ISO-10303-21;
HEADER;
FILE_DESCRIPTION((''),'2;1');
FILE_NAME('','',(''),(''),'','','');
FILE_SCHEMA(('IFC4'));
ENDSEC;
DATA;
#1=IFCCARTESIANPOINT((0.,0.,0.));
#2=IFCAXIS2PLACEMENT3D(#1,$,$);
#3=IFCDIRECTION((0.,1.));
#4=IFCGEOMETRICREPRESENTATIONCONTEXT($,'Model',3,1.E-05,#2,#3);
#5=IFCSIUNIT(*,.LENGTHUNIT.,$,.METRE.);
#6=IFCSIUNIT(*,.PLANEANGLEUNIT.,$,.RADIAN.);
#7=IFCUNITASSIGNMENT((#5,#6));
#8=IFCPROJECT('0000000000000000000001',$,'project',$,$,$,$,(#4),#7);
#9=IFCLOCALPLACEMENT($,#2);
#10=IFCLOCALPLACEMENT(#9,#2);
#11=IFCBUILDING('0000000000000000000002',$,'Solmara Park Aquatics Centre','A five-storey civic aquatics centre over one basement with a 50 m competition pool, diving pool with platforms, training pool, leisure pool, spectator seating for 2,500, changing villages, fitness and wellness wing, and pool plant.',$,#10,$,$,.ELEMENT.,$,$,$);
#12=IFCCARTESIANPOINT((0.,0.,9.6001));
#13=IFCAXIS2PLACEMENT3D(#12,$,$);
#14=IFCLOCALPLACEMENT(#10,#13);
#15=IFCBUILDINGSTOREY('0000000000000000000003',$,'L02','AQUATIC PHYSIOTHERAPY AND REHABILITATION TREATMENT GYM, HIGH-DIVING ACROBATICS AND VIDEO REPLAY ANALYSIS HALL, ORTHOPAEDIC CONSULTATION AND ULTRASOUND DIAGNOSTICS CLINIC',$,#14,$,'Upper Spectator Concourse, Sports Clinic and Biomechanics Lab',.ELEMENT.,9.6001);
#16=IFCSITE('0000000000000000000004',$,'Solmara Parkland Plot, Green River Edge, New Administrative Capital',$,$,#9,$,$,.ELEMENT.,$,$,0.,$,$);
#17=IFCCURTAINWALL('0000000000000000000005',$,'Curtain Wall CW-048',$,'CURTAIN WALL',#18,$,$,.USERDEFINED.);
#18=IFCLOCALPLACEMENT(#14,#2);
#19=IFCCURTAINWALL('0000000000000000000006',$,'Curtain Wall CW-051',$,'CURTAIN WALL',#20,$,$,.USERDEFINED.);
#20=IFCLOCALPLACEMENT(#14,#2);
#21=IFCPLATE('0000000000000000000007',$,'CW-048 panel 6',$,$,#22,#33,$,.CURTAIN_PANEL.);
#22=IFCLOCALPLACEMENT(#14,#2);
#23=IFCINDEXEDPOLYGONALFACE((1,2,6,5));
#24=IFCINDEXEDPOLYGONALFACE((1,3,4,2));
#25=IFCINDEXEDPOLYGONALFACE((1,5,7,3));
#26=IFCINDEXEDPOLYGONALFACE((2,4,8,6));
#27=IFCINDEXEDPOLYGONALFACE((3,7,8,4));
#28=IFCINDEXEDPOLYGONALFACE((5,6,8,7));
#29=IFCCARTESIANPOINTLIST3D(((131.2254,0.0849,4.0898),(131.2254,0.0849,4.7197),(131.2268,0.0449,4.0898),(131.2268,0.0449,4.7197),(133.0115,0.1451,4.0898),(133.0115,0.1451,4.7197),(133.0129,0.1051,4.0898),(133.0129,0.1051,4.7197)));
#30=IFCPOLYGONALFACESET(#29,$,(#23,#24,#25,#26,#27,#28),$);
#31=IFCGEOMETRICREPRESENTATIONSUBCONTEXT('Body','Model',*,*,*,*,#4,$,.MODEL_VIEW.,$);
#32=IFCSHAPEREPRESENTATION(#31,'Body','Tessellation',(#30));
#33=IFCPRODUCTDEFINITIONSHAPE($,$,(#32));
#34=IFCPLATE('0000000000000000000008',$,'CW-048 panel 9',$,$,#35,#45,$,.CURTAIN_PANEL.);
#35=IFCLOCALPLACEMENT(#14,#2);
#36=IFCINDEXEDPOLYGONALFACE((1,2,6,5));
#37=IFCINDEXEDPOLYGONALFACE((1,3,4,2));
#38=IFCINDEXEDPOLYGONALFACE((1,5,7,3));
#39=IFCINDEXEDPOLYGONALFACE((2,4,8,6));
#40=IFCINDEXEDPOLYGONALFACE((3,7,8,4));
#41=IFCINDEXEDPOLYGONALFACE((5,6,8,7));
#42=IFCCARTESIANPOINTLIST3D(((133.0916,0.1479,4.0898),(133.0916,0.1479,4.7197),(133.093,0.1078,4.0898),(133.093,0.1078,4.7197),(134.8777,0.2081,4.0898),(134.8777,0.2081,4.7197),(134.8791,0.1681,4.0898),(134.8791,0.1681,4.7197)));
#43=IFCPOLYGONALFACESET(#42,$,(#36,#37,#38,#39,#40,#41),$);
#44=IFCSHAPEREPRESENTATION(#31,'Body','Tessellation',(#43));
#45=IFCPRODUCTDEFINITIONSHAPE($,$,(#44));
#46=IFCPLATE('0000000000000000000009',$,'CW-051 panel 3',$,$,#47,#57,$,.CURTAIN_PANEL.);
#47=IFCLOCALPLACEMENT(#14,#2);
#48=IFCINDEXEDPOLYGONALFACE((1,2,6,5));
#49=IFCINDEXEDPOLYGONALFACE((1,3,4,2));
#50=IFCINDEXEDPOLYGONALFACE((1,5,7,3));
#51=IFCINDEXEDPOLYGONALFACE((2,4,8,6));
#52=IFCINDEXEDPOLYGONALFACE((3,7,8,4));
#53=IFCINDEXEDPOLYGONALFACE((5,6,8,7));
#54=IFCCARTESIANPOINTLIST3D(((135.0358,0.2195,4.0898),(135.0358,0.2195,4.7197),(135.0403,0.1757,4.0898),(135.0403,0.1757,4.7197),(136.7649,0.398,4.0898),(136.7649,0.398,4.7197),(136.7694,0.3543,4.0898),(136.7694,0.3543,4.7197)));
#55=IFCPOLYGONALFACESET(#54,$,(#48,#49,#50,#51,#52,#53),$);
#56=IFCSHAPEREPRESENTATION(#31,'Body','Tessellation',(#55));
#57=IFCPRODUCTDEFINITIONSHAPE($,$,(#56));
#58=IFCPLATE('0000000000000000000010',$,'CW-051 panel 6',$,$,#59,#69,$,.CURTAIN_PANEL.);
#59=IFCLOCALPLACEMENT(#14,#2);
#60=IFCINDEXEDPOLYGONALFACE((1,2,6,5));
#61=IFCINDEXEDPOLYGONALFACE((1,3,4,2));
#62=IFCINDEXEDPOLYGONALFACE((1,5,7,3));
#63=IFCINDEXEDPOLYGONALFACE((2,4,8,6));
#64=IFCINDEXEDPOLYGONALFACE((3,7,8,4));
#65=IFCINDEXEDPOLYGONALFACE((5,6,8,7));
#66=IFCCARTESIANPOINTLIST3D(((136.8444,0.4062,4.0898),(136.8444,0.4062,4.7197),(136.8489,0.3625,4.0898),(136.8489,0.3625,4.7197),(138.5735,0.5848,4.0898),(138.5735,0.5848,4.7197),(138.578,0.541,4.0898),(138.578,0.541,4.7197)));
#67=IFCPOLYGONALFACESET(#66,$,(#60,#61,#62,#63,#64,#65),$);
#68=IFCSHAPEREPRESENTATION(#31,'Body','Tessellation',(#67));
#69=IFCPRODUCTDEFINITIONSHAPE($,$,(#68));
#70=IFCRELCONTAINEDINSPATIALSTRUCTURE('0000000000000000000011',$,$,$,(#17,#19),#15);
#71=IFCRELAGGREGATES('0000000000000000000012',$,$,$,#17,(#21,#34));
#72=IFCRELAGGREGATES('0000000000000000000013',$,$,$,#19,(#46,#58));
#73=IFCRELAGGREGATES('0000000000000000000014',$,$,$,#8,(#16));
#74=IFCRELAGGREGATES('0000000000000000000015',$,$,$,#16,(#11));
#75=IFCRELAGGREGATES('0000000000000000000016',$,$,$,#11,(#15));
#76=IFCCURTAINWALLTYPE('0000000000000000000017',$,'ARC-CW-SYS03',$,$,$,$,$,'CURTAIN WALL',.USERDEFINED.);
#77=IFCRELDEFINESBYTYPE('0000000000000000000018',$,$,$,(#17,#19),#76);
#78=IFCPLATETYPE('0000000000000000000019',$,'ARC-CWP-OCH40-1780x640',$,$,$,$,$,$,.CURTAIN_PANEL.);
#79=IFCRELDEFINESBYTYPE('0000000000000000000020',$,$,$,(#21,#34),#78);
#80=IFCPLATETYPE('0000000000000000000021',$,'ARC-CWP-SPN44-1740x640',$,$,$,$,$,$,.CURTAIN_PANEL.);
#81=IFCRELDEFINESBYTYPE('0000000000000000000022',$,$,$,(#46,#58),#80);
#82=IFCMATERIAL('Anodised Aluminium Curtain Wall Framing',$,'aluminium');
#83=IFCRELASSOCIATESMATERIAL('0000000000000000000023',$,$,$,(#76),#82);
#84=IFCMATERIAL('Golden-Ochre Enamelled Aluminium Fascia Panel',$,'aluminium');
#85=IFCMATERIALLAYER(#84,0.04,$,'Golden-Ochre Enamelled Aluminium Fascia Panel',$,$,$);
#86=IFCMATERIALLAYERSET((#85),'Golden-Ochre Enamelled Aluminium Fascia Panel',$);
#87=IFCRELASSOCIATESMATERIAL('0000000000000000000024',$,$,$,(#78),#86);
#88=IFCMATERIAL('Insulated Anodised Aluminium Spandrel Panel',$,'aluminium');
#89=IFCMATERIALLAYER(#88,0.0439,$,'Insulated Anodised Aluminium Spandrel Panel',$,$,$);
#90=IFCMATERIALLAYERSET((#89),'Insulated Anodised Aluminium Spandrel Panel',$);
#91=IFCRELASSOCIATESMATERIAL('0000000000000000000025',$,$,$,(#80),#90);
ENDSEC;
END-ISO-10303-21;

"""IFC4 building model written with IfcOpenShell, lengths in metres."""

from ifc_helpers import new_model, si_unit, direction, frame, origin, origin_2d, place, context, subcontext, project, spatial, rectangle, extrude, material, layer, layer_set, type_object, element, aggregate, save


model = new_model("IFC4")

# Units and contexts
model_context = context("Model", 3, precision=1e-05, world=origin(), true_north=direction((0.0, 1.0)))
body_context = subcontext(model_context, "Body", "Model", "MODEL_VIEW")
ifc_project = project(units=[si_unit("LENGTHUNIT", "METRE"), si_unit("PLANEANGLEUNIT", "RADIAN")], contexts=[model_context])

# Site, building, storey
site_placement = place(None, origin())
site = spatial("IfcSite", under=ifc_project, at=site_placement, Name="Solmara Parkland Plot, Green River Edge, New Administrative Capital", CompositionType="ELEMENT", RefElevation=0.0)
building_placement = place(site_placement, origin())
building = spatial("IfcBuilding", under=site, at=building_placement, Name="Solmara Park Aquatics Centre", Description="A five-storey civic aquatics centre over one basement with a 50 m competition pool, diving pool with platforms, training pool, leisure pool, spectator seating for 2,500, changing villages, fitness and wellness wing, and pool plant.", CompositionType="ELEMENT")
storey_placement = place(building_placement, frame((0.0, 0.0, 9.6001)))
storey = spatial("IfcBuildingStorey", under=building, at=storey_placement, Name="L02", Description="AQUATIC PHYSIOTHERAPY AND REHABILITATION TREATMENT GYM, HIGH-DIVING ACROBATICS AND VIDEO REPLAY ANALYSIS HALL, ORTHOPAEDIC CONSULTATION AND ULTRASOUND DIAGNOSTICS CLINIC", LongName="Upper Spectator Concourse, Sports Clinic and Biomechanics Lab", CompositionType="ELEMENT", Elevation=9.6001)

# Curtain walls
ifc_material_1 = material(Name="Anodised Aluminium Curtain Wall Framing", Category="aluminium")
curtain_wall_type = type_object("IfcCurtainWallType", Name="ARC-CW-SYS03", ElementType="CURTAIN WALL", PredefinedType="USERDEFINED", material=ifc_material_1)
curtain_wall_1_placement = place(storey_placement, origin())
curtain_wall_1 = element("IfcCurtainWall", 1, at=curtain_wall_1_placement, inside=storey, type_object=curtain_wall_type, Name="Curtain Wall CW-048", ObjectType="CURTAIN WALL", PredefinedType="USERDEFINED")
curtain_wall_2_placement = place(storey_placement, origin())
curtain_wall_2 = element("IfcCurtainWall", 2, at=curtain_wall_2_placement, inside=storey, type_object=curtain_wall_type, Name="Curtain Wall CW-051", ObjectType="CURTAIN WALL", PredefinedType="USERDEFINED")

# Plates
ifc_material_2 = material(Name="Golden-Ochre Enamelled Aluminium Fascia Panel", Category="aluminium")
ifc_layer_1 = layer(ifc_material_2, 0.04, Name="Golden-Ochre Enamelled Aluminium Fascia Panel")
ifc_layer_set_1 = layer_set([ifc_layer_1], Name="Golden-Ochre Enamelled Aluminium Fascia Panel")
plate_type_1 = type_object("IfcPlateType", Name="ARC-CWP-OCH40-1780x640", PredefinedType="CURTAIN_PANEL", material=ifc_layer_set_1)
plate_1_placement = place(storey_placement, frame((132.1191, 0.095, 4.0898), z_axis=(0.0, 0.0, 1.0), x_axis=(0.999432, 0.033689, 0.0)))
plate_1 = element("IfcPlate", 3, at=plate_1_placement, type_object=plate_type_1, Name="CW-048 panel 6", PredefinedType="CURTAIN_PANEL", context=body_context, shape_type="SweptSolid", body=[
    extrude(rectangle(XDim=1.7871, YDim=0.04, at=origin_2d()), origin(), (0.0, 0.0, 1.0), 0.6299),
])
plate_2_placement = place(storey_placement, frame((133.9854, 0.158, 4.0898), z_axis=(0.0, 0.0, 1.0), x_axis=(0.999432, 0.033689, 0.0)))
plate_2 = element("IfcPlate", 4, at=plate_2_placement, type_object=plate_type_1, Name="CW-048 panel 9", PredefinedType="CURTAIN_PANEL", context=body_context, shape_type="SweptSolid", body=[
    extrude(rectangle(XDim=1.7871, YDim=0.04, at=origin_2d()), origin(), (0.0, 0.0, 1.0), 0.6299),
])
aggregate(curtain_wall_1, [plate_1, plate_2])
ifc_material_3 = material(Name="Insulated Anodised Aluminium Spandrel Panel", Category="aluminium")
ifc_layer_2 = layer(ifc_material_3, 0.0439, Name="Insulated Anodised Aluminium Spandrel Panel")
ifc_layer_set_2 = layer_set([ifc_layer_2], Name="Insulated Anodised Aluminium Spandrel Panel")
plate_type_2 = type_object("IfcPlateType", Name="ARC-CWP-SPN44-1740x640", PredefinedType="CURTAIN_PANEL", material=ifc_layer_set_2)
plate_3_placement = place(storey_placement, frame((135.9026, 0.2869, 4.0898), z_axis=(0.0, 0.0, 1.0), x_axis=(0.994711, 0.102709, 0.0)))
plate_3 = element("IfcPlate", 5, at=plate_3_placement, type_object=plate_type_2, Name="CW-051 panel 3", PredefinedType="CURTAIN_PANEL", context=body_context, shape_type="SweptSolid", body=[
    extrude(rectangle(XDim=1.7383, YDim=0.0439, at=origin_2d()), origin(), (0.0, 0.0, 1.0), 0.6299),
])
plate_4_placement = place(storey_placement, frame((137.7112, 0.4736, 4.0898), z_axis=(0.0, 0.0, 1.0), x_axis=(0.994711, 0.102709, 0.0)))
plate_4 = element("IfcPlate", 6, at=plate_4_placement, type_object=plate_type_2, Name="CW-051 panel 6", PredefinedType="CURTAIN_PANEL", context=body_context, shape_type="SweptSolid", body=[
    extrude(rectangle(XDim=1.7383, YDim=0.0439, at=origin_2d()), origin(), (0.0, 0.0, 1.0), 0.6299),
])
aggregate(curtain_wall_2, [plate_3, plate_4])

save(model, "model.ifc")
